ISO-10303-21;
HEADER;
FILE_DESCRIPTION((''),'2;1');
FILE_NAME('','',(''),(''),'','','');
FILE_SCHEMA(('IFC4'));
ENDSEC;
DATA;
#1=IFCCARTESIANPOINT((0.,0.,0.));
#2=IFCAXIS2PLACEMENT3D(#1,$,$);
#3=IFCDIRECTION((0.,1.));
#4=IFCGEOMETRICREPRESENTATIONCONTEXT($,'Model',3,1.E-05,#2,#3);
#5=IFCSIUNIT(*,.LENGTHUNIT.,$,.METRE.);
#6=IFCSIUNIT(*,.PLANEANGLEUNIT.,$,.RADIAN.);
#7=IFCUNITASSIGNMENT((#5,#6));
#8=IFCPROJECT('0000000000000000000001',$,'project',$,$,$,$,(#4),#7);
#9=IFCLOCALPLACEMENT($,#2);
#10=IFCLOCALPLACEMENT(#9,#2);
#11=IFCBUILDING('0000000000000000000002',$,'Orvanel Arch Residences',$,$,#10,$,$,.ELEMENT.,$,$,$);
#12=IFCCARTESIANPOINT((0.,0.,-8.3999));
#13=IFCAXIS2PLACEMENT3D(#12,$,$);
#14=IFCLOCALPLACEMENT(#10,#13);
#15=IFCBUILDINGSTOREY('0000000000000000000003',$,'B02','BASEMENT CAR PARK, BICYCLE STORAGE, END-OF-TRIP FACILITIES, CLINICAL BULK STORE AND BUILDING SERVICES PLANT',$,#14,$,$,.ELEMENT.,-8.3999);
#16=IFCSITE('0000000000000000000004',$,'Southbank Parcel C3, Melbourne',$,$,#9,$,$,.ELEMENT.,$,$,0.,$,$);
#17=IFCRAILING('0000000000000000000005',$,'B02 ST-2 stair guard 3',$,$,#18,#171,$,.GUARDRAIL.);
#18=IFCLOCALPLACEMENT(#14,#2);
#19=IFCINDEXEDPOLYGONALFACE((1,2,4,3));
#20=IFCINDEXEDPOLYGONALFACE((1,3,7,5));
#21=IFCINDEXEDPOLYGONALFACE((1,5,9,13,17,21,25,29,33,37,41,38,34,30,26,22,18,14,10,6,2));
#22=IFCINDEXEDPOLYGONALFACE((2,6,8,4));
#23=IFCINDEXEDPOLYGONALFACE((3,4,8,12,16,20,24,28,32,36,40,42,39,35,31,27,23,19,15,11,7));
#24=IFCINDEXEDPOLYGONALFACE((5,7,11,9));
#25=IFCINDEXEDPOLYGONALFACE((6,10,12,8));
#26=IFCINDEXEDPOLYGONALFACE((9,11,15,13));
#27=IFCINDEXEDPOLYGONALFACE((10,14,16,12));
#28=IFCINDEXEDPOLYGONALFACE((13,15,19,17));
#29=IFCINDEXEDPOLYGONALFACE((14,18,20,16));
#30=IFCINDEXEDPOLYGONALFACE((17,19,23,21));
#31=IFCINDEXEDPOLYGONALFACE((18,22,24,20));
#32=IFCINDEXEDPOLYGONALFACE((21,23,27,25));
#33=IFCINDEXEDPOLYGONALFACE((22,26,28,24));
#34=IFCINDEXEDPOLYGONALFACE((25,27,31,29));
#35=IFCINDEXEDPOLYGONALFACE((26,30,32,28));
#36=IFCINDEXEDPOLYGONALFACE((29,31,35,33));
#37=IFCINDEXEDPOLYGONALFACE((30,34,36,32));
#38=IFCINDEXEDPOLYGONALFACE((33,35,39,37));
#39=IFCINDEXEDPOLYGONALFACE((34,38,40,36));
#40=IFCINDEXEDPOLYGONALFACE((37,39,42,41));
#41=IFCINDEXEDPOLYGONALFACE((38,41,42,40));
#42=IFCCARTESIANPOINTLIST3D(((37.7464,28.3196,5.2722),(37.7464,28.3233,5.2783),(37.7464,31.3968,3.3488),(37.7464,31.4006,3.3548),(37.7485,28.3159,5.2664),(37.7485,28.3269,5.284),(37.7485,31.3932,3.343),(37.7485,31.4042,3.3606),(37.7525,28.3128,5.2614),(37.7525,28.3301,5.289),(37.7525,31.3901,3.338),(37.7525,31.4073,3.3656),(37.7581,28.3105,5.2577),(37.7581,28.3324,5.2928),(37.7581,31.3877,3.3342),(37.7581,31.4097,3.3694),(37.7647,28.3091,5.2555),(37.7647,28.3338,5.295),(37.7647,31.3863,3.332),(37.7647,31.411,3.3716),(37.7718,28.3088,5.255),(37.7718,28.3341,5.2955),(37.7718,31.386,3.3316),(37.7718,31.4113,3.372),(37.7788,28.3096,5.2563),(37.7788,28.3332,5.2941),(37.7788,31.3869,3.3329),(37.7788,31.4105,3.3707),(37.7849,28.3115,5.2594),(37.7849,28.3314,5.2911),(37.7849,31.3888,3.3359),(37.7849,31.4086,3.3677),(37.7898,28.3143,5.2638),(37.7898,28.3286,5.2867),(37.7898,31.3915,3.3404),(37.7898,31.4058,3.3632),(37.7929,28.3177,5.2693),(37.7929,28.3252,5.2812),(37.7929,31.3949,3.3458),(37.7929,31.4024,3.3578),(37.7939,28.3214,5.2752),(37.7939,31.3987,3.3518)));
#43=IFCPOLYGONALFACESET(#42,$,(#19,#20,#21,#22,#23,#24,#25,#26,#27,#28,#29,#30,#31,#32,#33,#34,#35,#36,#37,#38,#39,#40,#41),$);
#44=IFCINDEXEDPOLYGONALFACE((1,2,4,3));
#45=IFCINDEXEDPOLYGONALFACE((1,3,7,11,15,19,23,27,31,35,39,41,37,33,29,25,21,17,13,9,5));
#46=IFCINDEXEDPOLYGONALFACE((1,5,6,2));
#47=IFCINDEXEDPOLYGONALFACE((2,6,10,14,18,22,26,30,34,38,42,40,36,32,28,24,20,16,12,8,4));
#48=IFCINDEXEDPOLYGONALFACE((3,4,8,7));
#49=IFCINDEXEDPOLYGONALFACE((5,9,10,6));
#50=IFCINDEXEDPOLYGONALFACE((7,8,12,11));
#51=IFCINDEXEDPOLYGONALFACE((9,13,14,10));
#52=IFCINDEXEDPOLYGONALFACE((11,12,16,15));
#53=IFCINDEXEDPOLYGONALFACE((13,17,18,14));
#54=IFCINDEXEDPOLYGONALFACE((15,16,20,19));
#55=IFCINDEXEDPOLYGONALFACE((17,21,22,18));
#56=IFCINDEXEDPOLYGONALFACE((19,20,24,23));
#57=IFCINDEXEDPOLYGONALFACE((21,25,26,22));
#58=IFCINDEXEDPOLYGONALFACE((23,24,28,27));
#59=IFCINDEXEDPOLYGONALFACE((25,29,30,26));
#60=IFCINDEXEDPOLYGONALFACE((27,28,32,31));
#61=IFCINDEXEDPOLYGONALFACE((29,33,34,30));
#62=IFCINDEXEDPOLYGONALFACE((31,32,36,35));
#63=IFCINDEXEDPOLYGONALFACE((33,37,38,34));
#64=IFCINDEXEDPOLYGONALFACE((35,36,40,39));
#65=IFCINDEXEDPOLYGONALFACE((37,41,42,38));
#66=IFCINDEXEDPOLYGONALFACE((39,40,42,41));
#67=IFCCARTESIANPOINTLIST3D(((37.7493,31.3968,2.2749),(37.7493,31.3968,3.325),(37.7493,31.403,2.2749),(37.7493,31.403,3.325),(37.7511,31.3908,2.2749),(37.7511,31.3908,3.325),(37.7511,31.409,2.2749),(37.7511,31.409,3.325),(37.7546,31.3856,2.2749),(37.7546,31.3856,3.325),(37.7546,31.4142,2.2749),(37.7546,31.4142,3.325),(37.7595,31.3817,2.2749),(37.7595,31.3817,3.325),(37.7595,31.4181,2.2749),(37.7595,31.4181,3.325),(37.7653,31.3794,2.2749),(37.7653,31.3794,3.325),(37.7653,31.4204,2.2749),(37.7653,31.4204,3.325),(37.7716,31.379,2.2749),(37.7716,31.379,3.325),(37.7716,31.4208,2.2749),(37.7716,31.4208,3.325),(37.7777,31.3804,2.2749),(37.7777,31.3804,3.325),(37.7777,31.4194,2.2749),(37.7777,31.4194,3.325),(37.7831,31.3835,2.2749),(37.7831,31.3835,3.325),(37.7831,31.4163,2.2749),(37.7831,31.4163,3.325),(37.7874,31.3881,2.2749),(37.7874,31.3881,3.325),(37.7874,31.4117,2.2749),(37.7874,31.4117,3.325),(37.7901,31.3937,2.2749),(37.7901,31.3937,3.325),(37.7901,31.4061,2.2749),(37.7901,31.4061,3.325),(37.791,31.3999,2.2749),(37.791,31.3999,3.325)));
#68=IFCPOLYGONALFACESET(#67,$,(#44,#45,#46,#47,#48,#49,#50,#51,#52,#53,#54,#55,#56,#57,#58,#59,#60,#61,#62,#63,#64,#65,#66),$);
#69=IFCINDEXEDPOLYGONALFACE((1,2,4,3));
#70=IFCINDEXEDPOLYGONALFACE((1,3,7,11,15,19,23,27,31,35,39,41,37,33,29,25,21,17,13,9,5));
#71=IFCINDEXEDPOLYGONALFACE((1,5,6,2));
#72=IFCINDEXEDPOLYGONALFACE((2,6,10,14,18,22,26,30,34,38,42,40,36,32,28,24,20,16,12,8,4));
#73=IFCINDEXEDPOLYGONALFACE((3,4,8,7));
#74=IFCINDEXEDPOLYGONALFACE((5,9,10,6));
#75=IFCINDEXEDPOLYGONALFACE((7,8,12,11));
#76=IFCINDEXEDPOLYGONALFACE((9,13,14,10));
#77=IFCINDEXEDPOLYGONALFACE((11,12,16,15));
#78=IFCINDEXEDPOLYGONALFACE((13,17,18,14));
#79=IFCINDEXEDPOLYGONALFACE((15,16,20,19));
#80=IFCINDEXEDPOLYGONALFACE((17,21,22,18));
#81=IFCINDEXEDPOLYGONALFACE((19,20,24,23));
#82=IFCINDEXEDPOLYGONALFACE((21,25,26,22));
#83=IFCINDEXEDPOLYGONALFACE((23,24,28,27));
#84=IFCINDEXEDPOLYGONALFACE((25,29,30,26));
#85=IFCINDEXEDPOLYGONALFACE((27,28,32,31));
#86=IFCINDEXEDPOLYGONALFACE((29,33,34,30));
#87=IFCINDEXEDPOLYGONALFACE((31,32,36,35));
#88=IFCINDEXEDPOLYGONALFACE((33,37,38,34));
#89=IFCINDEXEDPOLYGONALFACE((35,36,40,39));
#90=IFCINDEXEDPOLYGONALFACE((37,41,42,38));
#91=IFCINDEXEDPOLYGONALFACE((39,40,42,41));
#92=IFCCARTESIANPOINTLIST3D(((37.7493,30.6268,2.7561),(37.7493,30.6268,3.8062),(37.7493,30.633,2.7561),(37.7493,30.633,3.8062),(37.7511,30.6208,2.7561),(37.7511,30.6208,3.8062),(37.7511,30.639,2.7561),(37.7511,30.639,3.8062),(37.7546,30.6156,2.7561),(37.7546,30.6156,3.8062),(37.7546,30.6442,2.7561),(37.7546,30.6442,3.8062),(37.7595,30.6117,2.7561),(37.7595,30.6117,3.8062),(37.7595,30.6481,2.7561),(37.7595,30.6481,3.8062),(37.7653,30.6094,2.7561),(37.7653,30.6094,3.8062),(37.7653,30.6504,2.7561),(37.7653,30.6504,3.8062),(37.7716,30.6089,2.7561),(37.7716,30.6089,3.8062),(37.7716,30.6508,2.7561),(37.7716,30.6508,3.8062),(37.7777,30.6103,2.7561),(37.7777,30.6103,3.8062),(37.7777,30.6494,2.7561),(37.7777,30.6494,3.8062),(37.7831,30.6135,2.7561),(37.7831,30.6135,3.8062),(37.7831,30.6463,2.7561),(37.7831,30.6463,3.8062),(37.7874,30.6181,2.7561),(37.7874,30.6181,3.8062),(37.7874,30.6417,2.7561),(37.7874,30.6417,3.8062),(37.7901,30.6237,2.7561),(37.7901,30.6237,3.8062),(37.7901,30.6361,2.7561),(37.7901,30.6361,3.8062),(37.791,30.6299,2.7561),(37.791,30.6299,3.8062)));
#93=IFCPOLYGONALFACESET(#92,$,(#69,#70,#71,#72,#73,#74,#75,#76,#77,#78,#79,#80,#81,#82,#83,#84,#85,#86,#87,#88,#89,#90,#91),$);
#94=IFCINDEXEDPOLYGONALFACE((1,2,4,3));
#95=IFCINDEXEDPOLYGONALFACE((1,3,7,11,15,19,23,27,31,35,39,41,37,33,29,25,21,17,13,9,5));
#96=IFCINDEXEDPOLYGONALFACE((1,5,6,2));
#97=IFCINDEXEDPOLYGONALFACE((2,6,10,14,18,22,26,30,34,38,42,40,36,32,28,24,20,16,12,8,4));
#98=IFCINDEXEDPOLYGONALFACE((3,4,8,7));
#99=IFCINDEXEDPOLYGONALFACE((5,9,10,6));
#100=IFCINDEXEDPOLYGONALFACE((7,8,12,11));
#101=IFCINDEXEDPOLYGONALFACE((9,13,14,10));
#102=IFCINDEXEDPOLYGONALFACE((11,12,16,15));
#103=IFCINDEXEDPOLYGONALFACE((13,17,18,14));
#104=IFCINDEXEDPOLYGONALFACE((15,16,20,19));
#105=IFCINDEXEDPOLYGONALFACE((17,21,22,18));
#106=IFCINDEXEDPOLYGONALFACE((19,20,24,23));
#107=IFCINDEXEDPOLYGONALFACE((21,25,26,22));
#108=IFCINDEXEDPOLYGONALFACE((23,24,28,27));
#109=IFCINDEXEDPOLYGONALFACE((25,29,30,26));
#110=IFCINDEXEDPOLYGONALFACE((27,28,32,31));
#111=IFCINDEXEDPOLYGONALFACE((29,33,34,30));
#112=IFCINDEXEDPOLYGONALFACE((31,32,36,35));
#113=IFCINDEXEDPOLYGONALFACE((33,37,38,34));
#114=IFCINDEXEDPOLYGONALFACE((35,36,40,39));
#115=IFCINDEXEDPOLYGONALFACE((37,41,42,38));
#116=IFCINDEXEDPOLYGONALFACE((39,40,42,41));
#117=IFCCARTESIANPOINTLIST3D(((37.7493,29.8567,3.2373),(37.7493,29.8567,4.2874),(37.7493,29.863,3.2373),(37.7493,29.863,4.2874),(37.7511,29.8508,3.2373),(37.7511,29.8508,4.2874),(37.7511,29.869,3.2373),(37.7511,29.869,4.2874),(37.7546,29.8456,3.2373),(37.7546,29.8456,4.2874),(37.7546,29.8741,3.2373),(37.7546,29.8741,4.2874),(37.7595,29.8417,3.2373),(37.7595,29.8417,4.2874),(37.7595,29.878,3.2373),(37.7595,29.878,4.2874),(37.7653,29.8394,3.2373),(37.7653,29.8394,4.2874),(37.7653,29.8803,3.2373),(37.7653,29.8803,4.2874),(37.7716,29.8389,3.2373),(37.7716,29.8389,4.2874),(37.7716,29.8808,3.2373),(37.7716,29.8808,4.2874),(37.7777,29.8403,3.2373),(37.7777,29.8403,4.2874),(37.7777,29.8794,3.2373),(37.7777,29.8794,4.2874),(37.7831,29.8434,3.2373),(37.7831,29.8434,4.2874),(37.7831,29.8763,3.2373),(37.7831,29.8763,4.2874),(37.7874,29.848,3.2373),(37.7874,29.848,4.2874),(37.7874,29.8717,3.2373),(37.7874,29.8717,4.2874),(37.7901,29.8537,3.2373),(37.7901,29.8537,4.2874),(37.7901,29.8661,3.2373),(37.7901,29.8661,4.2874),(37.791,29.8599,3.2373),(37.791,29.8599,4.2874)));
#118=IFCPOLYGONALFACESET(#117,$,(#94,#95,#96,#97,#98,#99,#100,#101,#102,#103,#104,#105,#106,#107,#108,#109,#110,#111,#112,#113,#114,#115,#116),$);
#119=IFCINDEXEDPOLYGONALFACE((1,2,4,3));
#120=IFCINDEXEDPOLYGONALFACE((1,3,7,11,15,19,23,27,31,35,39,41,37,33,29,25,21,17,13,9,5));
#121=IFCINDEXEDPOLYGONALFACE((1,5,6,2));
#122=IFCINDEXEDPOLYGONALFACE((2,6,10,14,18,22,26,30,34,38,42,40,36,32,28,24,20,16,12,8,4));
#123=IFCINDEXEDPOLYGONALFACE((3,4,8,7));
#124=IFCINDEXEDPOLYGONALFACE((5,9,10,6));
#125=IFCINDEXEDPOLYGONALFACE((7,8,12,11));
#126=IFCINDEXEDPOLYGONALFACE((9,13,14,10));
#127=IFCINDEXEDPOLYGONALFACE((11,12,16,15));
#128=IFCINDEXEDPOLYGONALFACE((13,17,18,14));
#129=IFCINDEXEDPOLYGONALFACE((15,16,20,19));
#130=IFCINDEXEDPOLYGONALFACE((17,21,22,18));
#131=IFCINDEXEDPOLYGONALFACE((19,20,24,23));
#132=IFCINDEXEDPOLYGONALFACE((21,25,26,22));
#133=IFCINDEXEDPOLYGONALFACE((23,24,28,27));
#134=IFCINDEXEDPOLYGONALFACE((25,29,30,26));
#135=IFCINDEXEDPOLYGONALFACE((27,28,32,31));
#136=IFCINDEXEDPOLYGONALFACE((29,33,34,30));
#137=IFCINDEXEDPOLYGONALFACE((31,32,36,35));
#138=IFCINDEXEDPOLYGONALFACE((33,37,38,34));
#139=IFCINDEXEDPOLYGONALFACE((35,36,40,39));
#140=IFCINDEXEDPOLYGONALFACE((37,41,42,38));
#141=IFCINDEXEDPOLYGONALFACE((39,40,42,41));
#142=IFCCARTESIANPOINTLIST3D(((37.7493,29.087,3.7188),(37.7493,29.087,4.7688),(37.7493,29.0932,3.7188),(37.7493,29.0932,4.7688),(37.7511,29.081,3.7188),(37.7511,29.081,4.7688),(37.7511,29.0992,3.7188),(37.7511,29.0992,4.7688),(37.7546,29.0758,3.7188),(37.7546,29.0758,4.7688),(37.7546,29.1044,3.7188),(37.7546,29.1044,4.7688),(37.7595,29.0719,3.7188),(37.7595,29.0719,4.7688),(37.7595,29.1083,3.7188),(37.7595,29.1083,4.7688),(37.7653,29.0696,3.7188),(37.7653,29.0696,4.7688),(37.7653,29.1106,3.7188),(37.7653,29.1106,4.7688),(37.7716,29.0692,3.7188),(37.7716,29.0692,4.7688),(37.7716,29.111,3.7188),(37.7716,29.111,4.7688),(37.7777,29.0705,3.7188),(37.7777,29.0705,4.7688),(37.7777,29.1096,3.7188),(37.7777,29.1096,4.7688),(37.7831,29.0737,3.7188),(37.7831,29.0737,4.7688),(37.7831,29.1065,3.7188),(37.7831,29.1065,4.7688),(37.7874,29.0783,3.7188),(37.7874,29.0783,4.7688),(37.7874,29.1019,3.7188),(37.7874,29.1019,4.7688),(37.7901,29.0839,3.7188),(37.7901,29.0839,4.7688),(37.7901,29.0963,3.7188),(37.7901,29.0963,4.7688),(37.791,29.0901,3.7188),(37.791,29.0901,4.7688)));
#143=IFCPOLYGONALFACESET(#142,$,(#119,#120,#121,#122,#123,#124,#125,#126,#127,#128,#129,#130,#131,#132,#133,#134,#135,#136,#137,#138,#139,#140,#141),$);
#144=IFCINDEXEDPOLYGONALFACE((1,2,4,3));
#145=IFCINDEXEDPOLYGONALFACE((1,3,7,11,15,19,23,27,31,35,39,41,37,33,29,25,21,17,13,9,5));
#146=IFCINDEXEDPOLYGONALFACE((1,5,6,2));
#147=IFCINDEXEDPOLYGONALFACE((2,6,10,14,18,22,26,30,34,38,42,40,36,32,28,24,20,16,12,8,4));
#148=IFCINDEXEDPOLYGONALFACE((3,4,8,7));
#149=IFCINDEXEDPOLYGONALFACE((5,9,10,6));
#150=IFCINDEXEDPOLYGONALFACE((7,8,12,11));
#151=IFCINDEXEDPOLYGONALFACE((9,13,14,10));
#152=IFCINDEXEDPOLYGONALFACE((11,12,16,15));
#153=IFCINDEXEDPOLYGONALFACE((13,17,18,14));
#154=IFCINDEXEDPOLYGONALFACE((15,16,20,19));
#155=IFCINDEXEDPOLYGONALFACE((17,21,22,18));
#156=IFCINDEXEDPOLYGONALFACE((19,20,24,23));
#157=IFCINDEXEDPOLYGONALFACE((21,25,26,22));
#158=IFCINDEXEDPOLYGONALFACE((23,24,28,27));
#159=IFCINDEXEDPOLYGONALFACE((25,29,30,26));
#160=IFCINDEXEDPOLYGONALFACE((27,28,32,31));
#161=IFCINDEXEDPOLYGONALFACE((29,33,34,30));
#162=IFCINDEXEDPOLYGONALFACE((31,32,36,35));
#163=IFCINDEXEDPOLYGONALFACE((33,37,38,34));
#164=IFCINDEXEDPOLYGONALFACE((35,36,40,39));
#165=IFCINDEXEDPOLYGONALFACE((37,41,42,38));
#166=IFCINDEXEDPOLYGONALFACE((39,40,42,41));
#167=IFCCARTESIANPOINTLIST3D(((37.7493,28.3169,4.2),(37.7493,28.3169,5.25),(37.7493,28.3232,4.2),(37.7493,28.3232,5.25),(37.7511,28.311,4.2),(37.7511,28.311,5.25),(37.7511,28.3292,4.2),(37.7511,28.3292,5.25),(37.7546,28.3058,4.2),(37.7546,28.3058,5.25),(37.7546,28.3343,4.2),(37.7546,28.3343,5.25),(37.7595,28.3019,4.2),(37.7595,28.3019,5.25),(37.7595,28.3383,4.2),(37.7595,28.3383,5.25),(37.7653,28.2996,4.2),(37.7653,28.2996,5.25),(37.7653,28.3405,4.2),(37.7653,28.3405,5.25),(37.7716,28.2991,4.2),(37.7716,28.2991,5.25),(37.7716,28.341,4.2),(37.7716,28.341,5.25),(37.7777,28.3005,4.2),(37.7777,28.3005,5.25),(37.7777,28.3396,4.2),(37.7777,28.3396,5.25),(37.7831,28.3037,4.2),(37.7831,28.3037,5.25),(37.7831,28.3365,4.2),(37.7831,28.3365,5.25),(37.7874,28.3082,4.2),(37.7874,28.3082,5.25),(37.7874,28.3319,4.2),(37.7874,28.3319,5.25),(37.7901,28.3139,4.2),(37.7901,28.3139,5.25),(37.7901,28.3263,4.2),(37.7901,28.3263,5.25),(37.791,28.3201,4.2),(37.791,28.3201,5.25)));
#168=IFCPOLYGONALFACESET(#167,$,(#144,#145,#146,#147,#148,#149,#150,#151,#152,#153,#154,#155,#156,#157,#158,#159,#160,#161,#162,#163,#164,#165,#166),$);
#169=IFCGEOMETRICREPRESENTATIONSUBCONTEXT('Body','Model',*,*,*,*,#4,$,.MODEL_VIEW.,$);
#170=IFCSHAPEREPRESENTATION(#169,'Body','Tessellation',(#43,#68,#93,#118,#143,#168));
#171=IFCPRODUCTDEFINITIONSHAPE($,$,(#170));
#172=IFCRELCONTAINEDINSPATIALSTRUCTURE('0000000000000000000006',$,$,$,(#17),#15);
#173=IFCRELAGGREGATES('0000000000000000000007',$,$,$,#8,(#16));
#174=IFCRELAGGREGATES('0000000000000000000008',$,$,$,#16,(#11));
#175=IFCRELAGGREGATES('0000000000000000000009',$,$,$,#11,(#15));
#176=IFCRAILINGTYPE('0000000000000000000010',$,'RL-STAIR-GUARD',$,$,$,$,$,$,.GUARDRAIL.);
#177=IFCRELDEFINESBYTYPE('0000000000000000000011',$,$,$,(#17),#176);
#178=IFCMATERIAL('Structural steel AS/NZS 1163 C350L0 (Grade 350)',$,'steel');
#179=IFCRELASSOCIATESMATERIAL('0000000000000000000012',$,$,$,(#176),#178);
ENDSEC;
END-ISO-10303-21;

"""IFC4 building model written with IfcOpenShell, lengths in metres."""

from ifc_helpers import new_model, si_unit, direction, frame, origin, origin_2d, place, context, subcontext, project, spatial, circle, extrude, material, type_object, element, save


model = new_model("IFC4")

# Units and contexts
model_context = context("Model", 3, precision=1e-05, world=origin(), true_north=direction((0.0, 1.0)))
body_context = subcontext(model_context, "Body", "Model", "MODEL_VIEW")
ifc_project = project(units=[si_unit("LENGTHUNIT", "METRE"), si_unit("PLANEANGLEUNIT", "RADIAN")], contexts=[model_context])

# Site, building, storey
site_placement = place(None, origin())
site = spatial("IfcSite", under=ifc_project, at=site_placement, Name="Southbank Parcel C3, Melbourne", CompositionType="ELEMENT", RefElevation=0.0)
building_placement = place(site_placement, origin())
building = spatial("IfcBuilding", under=site, at=building_placement, Name="Orvanel Arch Residences", CompositionType="ELEMENT")
storey_placement = place(building_placement, frame((0.0, 0.0, -8.3999)))
storey = spatial("IfcBuildingStorey", under=building, at=storey_placement, Name="B02", Description="BASEMENT CAR PARK, BICYCLE STORAGE, END-OF-TRIP FACILITIES, CLINICAL BULK STORE AND BUILDING SERVICES PLANT", CompositionType="ELEMENT", Elevation=-8.3999)

# Shared definitions
ifc_material_1 = material(Name="Structural steel AS/NZS 1163 C350L0 (Grade 350)", Category="steel")

# Railing
railing_type_1 = type_object("IfcRailingType", Name="RL-STAIR-GUARD", PredefinedType="GUARDRAIL", material=ifc_material_1)
railing_1_placement = place(storey_placement, frame((37.77, 31.3999, 2.2749)))
element("IfcRailing", 1, at=railing_1_placement, inside=storey, type_object=railing_type_1, Name="B02 ST-2 stair guard 3", PredefinedType="GUARDRAIL", context=body_context, shape_type="SweptSolid", body=[
    extrude(circle(Radius=0.0239, at=origin_2d()), frame((0.0, -0.0012, 1.0769), z_axis=(0.0, -0.847979, 0.530029), x_axis=(1.0, 0.0, 0.0)), (0.0, 0.0, 1.0), 3.6289),
    extrude(circle(Radius=0.021, at=origin_2d()), origin(), (0.0, 0.0, 1.0), 1.05),
    extrude(circle(Radius=0.021, at=origin_2d()), frame((0.0, -0.77, 0.4812)), (0.0, 0.0, 1.0), 1.05),
    extrude(circle(Radius=0.021, at=origin_2d()), frame((0.0, -1.54, 0.9624)), (0.0, 0.0, 1.0), 1.05),
    extrude(circle(Radius=0.021, at=origin_2d()), frame((0.0, -2.3098, 1.4438)), (0.0, 0.0, 1.0), 1.05),
    extrude(circle(Radius=0.021, at=origin_2d()), frame((0.0, -3.0798, 1.925)), (0.0, 0.0, 1.0), 1.05),
])

save(model, "model.ifc")
